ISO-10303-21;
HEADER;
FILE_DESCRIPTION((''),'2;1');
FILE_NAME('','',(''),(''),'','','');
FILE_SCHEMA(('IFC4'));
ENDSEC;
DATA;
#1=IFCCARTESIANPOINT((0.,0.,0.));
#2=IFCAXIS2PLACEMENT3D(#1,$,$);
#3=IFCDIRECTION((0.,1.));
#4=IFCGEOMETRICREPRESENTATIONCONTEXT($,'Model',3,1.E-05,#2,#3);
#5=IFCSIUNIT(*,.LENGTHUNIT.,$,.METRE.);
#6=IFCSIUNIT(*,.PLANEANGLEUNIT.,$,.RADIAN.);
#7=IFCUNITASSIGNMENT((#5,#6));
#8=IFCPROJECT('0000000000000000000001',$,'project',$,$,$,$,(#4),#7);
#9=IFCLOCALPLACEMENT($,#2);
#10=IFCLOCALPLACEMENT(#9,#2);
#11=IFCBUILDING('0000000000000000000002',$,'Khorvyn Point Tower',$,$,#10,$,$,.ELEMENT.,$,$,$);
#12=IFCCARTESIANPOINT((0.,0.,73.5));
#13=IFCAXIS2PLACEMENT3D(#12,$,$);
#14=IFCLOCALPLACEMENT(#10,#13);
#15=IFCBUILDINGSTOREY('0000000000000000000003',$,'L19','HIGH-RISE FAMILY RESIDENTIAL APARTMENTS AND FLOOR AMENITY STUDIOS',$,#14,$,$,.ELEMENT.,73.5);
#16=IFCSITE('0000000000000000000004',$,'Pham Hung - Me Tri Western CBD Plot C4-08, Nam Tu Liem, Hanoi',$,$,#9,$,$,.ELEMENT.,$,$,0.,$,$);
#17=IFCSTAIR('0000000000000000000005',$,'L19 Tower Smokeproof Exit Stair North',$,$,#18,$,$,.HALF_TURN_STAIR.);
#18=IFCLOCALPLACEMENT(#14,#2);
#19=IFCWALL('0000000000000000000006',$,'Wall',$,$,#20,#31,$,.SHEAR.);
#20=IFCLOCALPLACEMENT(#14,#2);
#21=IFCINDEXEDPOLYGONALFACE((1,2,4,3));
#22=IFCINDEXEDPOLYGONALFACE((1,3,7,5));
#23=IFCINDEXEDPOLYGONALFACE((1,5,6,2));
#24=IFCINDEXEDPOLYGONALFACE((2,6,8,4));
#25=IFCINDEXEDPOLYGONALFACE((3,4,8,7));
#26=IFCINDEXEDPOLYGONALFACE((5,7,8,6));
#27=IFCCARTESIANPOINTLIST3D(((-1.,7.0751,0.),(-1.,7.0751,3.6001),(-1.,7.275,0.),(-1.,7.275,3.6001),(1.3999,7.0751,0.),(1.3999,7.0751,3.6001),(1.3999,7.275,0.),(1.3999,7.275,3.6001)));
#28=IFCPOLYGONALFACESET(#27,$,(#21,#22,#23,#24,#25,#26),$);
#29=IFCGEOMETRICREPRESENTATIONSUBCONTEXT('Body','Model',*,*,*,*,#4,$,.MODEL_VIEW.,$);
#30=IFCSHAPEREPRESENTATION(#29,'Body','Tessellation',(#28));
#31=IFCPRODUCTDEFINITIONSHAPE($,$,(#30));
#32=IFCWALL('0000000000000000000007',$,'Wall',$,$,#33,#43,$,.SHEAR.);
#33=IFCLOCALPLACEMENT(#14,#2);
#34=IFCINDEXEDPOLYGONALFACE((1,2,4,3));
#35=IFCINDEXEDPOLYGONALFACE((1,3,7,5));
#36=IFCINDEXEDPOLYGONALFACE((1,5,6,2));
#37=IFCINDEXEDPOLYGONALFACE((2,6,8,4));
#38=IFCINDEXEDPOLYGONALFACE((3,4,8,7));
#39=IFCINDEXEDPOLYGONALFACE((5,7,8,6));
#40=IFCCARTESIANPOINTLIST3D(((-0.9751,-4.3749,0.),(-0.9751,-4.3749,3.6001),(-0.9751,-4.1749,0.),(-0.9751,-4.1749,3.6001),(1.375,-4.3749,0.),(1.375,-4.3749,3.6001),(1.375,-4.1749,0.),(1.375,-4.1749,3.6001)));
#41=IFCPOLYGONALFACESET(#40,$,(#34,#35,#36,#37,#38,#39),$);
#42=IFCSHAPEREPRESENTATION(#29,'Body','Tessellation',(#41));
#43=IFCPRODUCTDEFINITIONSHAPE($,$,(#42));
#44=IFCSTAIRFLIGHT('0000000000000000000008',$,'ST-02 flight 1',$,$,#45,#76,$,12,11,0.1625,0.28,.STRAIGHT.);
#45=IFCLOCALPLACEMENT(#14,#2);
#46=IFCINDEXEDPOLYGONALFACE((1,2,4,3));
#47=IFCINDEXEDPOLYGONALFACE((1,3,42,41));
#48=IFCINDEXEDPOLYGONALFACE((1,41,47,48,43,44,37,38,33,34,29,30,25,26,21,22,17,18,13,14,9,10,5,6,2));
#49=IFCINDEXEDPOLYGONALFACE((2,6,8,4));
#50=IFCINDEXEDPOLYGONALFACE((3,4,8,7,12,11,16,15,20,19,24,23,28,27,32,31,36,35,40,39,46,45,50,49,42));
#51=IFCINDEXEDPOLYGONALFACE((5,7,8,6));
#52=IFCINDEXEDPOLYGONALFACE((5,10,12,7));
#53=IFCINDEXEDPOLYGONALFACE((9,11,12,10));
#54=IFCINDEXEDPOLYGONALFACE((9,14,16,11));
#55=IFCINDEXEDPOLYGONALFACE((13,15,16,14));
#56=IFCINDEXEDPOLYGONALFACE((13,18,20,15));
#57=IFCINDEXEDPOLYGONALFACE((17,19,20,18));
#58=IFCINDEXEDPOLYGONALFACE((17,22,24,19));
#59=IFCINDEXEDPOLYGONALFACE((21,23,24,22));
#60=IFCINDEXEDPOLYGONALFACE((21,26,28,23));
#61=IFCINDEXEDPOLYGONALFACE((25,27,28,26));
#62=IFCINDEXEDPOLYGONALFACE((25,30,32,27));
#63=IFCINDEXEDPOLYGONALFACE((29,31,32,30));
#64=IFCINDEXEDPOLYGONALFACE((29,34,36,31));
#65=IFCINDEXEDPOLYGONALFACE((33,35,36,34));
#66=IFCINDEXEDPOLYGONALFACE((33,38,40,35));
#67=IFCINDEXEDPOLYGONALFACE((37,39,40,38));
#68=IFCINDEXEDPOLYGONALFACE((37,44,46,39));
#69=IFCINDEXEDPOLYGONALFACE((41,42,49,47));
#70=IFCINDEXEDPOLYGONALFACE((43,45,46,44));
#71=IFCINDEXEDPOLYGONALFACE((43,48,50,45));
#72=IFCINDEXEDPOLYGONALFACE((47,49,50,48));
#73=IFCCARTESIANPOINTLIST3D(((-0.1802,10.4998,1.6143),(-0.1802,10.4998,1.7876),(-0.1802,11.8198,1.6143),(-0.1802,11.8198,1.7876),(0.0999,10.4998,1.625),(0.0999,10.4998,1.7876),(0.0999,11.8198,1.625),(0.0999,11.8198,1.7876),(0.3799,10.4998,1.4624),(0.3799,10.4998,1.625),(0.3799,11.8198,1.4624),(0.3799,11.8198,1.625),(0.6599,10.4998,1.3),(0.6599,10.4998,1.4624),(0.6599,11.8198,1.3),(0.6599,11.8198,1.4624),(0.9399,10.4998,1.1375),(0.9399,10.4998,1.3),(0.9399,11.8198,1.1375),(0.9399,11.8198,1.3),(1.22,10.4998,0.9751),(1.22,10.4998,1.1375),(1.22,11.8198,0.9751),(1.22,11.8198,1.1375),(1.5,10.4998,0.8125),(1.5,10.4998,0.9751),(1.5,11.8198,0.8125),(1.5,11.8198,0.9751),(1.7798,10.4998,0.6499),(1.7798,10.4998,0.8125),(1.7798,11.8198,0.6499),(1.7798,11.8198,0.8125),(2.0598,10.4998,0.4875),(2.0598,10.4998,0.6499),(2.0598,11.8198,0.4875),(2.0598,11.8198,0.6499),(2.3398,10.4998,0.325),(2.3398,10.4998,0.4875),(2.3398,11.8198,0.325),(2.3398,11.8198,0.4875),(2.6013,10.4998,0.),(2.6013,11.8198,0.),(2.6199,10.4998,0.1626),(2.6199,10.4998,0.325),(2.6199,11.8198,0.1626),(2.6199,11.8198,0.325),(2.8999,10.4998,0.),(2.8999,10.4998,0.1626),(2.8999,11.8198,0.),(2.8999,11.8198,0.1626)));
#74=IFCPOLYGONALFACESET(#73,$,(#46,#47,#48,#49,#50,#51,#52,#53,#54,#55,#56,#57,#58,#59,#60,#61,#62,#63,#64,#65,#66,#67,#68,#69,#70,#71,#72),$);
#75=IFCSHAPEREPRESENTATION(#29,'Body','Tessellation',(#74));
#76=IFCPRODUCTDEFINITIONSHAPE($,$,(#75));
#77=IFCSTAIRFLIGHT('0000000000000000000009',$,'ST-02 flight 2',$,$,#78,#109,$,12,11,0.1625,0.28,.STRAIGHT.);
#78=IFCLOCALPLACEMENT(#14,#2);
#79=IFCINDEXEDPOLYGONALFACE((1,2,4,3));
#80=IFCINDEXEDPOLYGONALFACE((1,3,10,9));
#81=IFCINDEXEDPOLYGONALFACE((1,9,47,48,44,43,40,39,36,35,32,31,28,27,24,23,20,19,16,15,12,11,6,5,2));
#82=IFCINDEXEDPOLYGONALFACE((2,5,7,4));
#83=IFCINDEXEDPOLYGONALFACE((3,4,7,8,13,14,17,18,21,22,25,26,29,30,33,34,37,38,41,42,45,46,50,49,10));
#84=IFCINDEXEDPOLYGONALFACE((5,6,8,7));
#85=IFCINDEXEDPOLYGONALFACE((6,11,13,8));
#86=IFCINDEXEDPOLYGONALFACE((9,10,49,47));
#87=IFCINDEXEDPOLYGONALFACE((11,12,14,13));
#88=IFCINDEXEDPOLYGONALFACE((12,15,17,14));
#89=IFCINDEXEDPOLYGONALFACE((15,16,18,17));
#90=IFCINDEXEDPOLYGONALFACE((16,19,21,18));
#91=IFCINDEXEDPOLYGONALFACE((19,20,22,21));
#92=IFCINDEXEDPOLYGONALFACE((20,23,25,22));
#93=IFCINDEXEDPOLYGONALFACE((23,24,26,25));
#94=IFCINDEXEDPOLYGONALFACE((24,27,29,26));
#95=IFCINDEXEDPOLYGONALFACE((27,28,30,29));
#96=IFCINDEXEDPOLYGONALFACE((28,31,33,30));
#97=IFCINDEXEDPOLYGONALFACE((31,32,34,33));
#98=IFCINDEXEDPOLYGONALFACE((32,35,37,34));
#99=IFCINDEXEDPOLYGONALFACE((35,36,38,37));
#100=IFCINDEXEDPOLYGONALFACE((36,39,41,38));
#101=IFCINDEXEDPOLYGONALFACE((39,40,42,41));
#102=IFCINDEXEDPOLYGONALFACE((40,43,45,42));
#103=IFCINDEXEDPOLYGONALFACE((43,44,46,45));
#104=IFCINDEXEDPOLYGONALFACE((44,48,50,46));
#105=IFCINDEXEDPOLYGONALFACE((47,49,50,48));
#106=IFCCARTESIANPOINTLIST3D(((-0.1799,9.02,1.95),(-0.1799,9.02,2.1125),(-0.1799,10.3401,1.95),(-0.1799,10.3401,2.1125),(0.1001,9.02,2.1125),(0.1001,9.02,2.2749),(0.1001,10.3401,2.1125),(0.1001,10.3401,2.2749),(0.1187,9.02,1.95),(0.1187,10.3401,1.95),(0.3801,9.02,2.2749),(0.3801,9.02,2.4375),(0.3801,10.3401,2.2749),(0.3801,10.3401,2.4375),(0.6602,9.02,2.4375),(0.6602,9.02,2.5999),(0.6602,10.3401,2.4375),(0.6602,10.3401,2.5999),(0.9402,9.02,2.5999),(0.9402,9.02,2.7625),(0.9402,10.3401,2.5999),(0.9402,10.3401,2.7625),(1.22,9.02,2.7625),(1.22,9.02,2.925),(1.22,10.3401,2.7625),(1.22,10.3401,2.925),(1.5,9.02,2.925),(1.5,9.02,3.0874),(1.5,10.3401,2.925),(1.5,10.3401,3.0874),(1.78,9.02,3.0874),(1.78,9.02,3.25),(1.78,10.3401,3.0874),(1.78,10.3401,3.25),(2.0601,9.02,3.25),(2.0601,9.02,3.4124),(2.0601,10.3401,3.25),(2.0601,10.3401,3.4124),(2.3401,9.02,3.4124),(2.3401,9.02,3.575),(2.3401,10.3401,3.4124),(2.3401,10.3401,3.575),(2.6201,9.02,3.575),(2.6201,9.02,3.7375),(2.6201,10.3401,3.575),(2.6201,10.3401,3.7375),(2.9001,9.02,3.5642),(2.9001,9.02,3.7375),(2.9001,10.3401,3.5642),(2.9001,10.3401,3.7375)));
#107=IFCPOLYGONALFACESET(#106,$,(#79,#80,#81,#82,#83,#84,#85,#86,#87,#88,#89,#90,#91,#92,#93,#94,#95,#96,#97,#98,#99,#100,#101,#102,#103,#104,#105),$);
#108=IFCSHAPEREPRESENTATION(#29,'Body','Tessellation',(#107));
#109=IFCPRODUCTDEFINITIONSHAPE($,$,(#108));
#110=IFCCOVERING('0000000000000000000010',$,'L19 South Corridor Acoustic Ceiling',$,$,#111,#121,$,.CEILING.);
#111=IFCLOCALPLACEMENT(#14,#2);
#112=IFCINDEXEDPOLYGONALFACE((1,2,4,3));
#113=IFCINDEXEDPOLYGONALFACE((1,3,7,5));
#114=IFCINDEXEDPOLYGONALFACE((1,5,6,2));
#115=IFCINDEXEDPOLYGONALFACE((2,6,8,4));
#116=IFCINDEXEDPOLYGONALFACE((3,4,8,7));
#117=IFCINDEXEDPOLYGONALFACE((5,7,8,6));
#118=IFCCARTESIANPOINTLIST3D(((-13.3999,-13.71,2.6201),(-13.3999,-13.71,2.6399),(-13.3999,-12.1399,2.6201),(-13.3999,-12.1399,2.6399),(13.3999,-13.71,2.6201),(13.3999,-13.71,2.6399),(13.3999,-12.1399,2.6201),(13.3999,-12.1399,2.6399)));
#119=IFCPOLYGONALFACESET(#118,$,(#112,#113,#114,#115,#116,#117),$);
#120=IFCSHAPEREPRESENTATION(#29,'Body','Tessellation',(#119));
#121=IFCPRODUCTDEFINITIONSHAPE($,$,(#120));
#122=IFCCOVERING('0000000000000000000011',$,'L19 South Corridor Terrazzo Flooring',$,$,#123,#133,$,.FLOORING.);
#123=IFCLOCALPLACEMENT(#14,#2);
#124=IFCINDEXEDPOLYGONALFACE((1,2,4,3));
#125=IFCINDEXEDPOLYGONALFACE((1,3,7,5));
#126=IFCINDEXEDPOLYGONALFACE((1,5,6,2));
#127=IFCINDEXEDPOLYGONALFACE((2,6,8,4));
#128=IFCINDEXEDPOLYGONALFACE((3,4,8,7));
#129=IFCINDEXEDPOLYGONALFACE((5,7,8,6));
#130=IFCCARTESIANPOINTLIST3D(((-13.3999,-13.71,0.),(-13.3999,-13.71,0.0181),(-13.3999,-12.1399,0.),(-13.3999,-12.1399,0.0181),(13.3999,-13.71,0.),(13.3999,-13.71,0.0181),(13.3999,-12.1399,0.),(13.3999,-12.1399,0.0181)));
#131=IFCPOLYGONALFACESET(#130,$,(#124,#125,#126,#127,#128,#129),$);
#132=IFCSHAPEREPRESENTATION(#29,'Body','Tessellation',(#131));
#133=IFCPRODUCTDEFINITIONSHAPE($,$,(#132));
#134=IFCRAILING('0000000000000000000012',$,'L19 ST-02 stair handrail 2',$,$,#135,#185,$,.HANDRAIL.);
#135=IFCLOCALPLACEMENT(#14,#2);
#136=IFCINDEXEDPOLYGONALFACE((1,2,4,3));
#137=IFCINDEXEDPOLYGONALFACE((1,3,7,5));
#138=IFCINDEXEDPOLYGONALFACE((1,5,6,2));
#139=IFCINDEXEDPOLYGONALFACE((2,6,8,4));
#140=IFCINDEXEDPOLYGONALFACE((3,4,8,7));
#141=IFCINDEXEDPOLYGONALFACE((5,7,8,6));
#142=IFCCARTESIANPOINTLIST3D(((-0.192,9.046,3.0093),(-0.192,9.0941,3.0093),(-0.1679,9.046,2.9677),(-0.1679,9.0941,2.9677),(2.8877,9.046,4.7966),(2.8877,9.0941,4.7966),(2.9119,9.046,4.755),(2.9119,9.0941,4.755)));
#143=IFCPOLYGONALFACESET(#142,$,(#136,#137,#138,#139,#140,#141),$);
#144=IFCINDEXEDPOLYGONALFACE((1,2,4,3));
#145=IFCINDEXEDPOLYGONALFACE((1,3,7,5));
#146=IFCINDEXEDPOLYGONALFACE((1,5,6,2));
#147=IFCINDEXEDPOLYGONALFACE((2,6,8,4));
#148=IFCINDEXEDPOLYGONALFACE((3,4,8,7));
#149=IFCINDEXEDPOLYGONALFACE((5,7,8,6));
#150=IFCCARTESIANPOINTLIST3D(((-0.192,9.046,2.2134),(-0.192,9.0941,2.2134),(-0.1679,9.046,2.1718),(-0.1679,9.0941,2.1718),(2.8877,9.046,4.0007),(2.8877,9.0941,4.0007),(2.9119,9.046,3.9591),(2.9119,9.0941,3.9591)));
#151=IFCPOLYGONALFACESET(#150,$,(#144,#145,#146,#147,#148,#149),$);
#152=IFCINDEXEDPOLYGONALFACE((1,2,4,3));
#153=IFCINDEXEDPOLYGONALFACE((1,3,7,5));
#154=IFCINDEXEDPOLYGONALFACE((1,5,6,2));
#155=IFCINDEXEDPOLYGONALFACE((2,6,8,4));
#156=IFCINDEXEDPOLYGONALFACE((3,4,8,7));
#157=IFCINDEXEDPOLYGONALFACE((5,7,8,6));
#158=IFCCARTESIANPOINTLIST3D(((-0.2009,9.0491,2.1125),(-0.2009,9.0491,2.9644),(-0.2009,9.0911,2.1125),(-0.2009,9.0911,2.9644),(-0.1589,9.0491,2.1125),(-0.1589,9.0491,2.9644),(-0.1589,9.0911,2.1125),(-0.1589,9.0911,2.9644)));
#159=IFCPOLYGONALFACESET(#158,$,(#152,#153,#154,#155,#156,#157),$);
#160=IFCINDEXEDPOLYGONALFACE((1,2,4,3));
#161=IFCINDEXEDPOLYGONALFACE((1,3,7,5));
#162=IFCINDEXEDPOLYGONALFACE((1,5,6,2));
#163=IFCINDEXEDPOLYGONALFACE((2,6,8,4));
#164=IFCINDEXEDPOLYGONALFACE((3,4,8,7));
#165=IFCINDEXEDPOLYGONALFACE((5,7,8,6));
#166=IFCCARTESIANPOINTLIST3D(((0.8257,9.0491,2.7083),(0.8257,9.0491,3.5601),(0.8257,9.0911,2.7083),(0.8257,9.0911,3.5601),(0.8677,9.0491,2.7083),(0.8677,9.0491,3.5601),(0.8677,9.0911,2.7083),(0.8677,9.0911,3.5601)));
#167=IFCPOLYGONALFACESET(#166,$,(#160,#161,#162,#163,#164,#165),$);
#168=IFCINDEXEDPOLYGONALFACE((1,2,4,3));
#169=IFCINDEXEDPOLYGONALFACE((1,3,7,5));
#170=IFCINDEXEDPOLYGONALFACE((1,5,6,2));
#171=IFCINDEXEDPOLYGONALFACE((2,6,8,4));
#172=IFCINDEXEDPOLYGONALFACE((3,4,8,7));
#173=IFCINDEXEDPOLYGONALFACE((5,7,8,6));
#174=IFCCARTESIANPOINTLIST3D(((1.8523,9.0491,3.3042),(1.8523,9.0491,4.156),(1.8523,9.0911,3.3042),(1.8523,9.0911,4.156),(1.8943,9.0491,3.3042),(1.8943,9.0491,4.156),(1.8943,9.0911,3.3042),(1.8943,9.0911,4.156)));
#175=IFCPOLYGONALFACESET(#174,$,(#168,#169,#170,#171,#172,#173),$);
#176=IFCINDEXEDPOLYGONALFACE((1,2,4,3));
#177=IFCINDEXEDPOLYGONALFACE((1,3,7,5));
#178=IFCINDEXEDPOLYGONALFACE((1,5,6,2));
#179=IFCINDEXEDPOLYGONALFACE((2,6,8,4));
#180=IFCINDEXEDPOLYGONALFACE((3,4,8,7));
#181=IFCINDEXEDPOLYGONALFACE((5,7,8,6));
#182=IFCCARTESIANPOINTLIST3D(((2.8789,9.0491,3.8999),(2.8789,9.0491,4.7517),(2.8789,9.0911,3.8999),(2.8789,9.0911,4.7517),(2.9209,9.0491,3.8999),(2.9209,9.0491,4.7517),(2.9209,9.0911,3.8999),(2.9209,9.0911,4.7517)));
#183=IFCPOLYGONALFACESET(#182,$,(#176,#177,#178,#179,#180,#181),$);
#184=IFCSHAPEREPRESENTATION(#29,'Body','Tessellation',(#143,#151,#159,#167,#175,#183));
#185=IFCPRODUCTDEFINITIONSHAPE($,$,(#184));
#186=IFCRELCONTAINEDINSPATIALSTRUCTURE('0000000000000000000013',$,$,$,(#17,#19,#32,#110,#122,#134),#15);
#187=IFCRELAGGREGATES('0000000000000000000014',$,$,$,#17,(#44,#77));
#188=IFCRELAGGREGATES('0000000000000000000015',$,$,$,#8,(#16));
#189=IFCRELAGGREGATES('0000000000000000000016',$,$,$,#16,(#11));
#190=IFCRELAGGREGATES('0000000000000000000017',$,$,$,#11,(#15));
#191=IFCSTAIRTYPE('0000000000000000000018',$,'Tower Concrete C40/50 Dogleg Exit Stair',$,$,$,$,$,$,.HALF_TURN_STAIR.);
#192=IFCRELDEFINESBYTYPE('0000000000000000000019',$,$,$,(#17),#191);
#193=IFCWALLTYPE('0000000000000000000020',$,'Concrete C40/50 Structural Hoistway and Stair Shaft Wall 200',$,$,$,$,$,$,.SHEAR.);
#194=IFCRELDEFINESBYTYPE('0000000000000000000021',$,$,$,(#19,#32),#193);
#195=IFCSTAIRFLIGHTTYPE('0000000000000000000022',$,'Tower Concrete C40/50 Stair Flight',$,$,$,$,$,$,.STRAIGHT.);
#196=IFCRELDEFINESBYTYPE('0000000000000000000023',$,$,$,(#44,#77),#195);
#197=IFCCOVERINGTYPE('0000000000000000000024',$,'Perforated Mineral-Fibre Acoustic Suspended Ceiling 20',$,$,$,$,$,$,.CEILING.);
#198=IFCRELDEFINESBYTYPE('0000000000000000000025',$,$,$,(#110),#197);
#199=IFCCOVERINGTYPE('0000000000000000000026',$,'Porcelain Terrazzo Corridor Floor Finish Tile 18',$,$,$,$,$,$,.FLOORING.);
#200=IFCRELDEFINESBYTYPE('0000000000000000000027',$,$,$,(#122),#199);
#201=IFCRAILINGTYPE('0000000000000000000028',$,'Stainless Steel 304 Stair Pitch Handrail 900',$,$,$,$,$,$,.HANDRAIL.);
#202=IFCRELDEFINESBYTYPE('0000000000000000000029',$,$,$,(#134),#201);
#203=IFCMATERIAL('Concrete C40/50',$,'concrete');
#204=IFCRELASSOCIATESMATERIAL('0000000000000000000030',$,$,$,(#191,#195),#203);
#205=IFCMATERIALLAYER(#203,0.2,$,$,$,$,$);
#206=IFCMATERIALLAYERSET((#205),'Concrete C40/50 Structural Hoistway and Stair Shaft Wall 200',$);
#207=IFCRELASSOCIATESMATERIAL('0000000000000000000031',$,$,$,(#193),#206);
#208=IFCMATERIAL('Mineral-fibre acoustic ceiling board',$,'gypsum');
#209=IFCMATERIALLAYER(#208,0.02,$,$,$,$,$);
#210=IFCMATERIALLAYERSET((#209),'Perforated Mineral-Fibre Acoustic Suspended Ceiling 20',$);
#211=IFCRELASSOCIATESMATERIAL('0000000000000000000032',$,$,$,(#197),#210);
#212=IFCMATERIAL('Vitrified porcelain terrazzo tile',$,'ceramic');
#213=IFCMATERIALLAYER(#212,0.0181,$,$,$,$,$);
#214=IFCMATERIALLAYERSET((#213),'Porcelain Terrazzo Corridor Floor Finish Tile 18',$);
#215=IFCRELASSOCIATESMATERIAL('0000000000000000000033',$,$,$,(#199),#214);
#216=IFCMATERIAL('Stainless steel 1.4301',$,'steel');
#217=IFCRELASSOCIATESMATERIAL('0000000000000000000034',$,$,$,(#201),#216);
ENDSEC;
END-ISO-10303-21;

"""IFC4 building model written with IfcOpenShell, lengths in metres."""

from ifc_helpers import new_model, si_unit, direction, frame, frame_2d, origin, origin_2d, place, context, subcontext, project, spatial, polyline, rectangle, outline, extrude, material, layer, layer_set, type_object, element, aggregate, save


model = new_model("IFC4")

# Units and contexts
model_context = context("Model", 3, precision=1e-05, world=origin(), true_north=direction((0.0, 1.0)))
body_context = subcontext(model_context, "Body", "Model", "MODEL_VIEW")
ifc_project = project(units=[si_unit("LENGTHUNIT", "METRE"), si_unit("PLANEANGLEUNIT", "RADIAN")], contexts=[model_context])

# Site, building, storey
site_placement = place(None, origin())
site = spatial("IfcSite", under=ifc_project, at=site_placement, Name="Pham Hung - Me Tri Western CBD Plot C4-08, Nam Tu Liem, Hanoi", CompositionType="ELEMENT", RefElevation=0.0)
building_placement = place(site_placement, origin())
building = spatial("IfcBuilding", under=site, at=building_placement, Name="Khorvyn Point Tower", CompositionType="ELEMENT")
storey_placement = place(building_placement, frame((0.0, 0.0, 73.5)))
storey = spatial("IfcBuildingStorey", under=building, at=storey_placement, Name="L19", Description="HIGH-RISE FAMILY RESIDENTIAL APARTMENTS AND FLOOR AMENITY STUDIOS", CompositionType="ELEMENT", Elevation=73.5)

# Shared definitions
ifc_material_1 = material(Name="Concrete C40/50", Category="concrete")

# Stair
stair_type = type_object("IfcStairType", Name="Tower Concrete C40/50 Dogleg Exit Stair", PredefinedType="HALF_TURN_STAIR", material=ifc_material_1)
stair_1_placement = place(storey_placement, origin())
stair_1 = element("IfcStair", 1, at=stair_1_placement, inside=storey, type_object=stair_type, Name="L19 Tower Smokeproof Exit Stair North", PredefinedType="HALF_TURN_STAIR")

# Shared definitions
ifc_layer_1 = layer(ifc_material_1, 0.2)
ifc_layer_set_1 = layer_set([ifc_layer_1], Name="Concrete C40/50 Structural Hoistway and Stair Shaft Wall 200")
wall_type_1 = type_object("IfcWallType", Name="Concrete C40/50 Structural Hoistway and Stair Shaft Wall 200", PredefinedType="SHEAR", material=ifc_layer_set_1)

# Shared definitions
ifc_material_2 = material(Name="Stainless steel 1.4301", Category="steel")

# Walls
for number, where, z_axis, x_axis, name in (
    (2, (-1.0, 7.175, 0.0), (0.0, 0.0, 1.0), (1.0, 0.0, 0.0), "Wall"),
):
    element("IfcWall", number, at=place(storey_placement, frame(where, z_axis=z_axis, x_axis=x_axis)), inside=storey, type_object=wall_type_1, Name=name, PredefinedType="SHEAR", context=body_context, shape_type="SweptSolid", body=[
        extrude(rectangle(XDim=2.3999, YDim=0.2, at=frame_2d((1.2, 0.0))), origin(), (0.0, 0.0, 1.0), 3.6001),
    ])
wall_1_placement = place(storey_placement, frame((-0.9751, -4.2749, 0.0), z_axis=(0.0, 0.0, 1.0), x_axis=(1.0, 0.0, 0.0)))
element("IfcWall", 3, at=wall_1_placement, inside=storey, type_object=wall_type_1, Name="Wall", PredefinedType="SHEAR", context=body_context, shape_type="SweptSolid", body=[
    extrude(rectangle(XDim=2.3501, YDim=0.2, at=frame_2d((1.175, 0.0))), origin(), (0.0, 0.0, 1.0), 3.6001),
])

# Stair flights
stair_flight_type = type_object("IfcStairFlightType", Name="Tower Concrete C40/50 Stair Flight", PredefinedType="STRAIGHT", material=ifc_material_1)
stair_flight_1_placement = place(storey_placement, frame((2.8999, 11.1599, 0.0), z_axis=(0.0, 0.0, 1.0), x_axis=(-1.0, 0.0, 0.0)))
stair_flight_1 = element("IfcStairFlight", 4, at=stair_flight_1_placement, type_object=stair_flight_type, Name="ST-02 flight 1", NumberOfRisers=12, NumberOfTreads=11, PredefinedType="STRAIGHT", RiserHeight=0.1625, TreadLength=0.28, context=body_context, shape_type="SweptSolid", body=[
    extrude(outline(polyline([(0.0, 0.0), (0.0, 0.1626), (0.28, 0.1626), (0.28, 0.325), (0.5601, 0.325), (0.5601, 0.4875), (0.8401, 0.4875), (0.8401, 0.6499), (1.1201, 0.6499), (1.1201, 0.8125), (1.3999, 0.8125), (1.3999, 0.9751), (1.6799, 0.9751), (1.6799, 1.1375), (1.96, 1.1375), (1.96, 1.3), (2.24, 1.3), (2.24, 1.4624), (2.52, 1.4624), (2.52, 1.625), (2.8, 1.625), (2.8, 1.7876), (3.0801, 1.7876), (3.0801, 1.95), (3.0801, 1.6143), (0.2986, 0.0), (0.0, 0.0)])), frame((0.0, 0.6602, 0.0), z_axis=(0.0, -1.0, 0.0), x_axis=(1.0, 0.0, 0.0)), (0.0, 0.0, 1.0), 1.3201),
])
stair_flight_2_placement = place(storey_placement, frame((-0.1799, 9.6799, 1.95), z_axis=(0.0, 0.0, 1.0), x_axis=(1.0, 0.0, 0.0)))
stair_flight_2 = element("IfcStairFlight", 5, at=stair_flight_2_placement, type_object=stair_flight_type, Name="ST-02 flight 2", NumberOfRisers=12, NumberOfTreads=11, PredefinedType="STRAIGHT", RiserHeight=0.1625, TreadLength=0.28, context=body_context, shape_type="SweptSolid", body=[
    extrude(outline(polyline([(0.0, 0.0), (0.0, 0.1626), (0.28, 0.1626), (0.28, 0.325), (0.5601, 0.325), (0.5601, 0.4875), (0.8401, 0.4875), (0.8401, 0.6499), (1.1201, 0.6499), (1.1201, 0.8125), (1.3999, 0.8125), (1.3999, 0.9751), (1.6799, 0.9751), (1.6799, 1.1375), (1.96, 1.1375), (1.96, 1.3), (2.24, 1.3), (2.24, 1.4624), (2.52, 1.4624), (2.52, 1.625), (2.8, 1.625), (2.8, 1.7876), (3.0801, 1.7876), (3.0801, 1.95), (3.0801, 1.6143), (0.2986, 0.0), (0.0, 0.0)])), frame((0.0, 0.6602, 0.0), z_axis=(0.0, -1.0, 0.0), x_axis=(1.0, 0.0, 0.0)), (0.0, 0.0, 1.0), 1.3201),
])
aggregate(stair_1, [stair_flight_1, stair_flight_2])

# Coverings
ifc_material_3 = material(Name="Mineral-fibre acoustic ceiling board", Category="gypsum")
ifc_layer_2 = layer(ifc_material_3, 0.02)
ifc_layer_set_2 = layer_set([ifc_layer_2], Name="Perforated Mineral-Fibre Acoustic Suspended Ceiling 20")
covering_type_1 = type_object("IfcCoveringType", Name="Perforated Mineral-Fibre Acoustic Suspended Ceiling 20", PredefinedType="CEILING", material=ifc_layer_set_2)
covering_1_placement = place(storey_placement, frame((0.0, 0.0, 2.6201)))
element("IfcCovering", 6, at=covering_1_placement, inside=storey, type_object=covering_type_1, Name="L19 South Corridor Acoustic Ceiling", PredefinedType="CEILING", context=body_context, shape_type="SweptSolid", body=[
    extrude(outline(polyline([(-13.3999, -13.71), (13.3999, -13.71), (13.3999, -12.1399), (-13.3999, -12.1399), (-13.3999, -13.71)])), origin(), (0.0, 0.0, 1.0), 0.0198),
])
ifc_material_4 = material(Name="Vitrified porcelain terrazzo tile", Category="ceramic")
ifc_layer_3 = layer(ifc_material_4, 0.0181)
ifc_layer_set_3 = layer_set([ifc_layer_3], Name="Porcelain Terrazzo Corridor Floor Finish Tile 18")
covering_type_2 = type_object("IfcCoveringType", Name="Porcelain Terrazzo Corridor Floor Finish Tile 18", PredefinedType="FLOORING", material=ifc_layer_set_3)
covering_2_placement = place(storey_placement, origin())
element("IfcCovering", 7, at=covering_2_placement, inside=storey, type_object=covering_type_2, Name="L19 South Corridor Terrazzo Flooring", PredefinedType="FLOORING", context=body_context, shape_type="SweptSolid", body=[
    extrude(outline(polyline([(-13.3999, -13.71), (13.3999, -13.71), (13.3999, -12.1399), (-13.3999, -12.1399), (-13.3999, -13.71)])), origin(), (0.0, 0.0, 1.0), 0.0181),
])

# Railing
railing_type_1 = type_object("IfcRailingType", Name="Stainless Steel 304 Stair Pitch Handrail 900", PredefinedType="HANDRAIL", material=ifc_material_2)
railing_1_placement = place(storey_placement, frame((-0.1799, 9.0701, 2.1125)))
element("IfcRailing", 8, at=railing_1_placement, inside=storey, type_object=railing_type_1, Name="L19 ST-02 stair handrail 2", PredefinedType="HANDRAIL", context=body_context, shape_type="SweptSolid", body=[
    extrude(rectangle(XDim=0.0481, YDim=0.0481, at=origin_2d()), frame((0.0, 0.0, 0.876), z_axis=(0.864903, 0.0, 0.501939), x_axis=(0.0, 1.0, 0.0)), (0.0, 0.0, 1.0), 3.5608),
    extrude(rectangle(XDim=0.0481, YDim=0.0481, at=origin_2d()), frame((0.0, 0.0, 0.0801), z_axis=(0.864903, 0.0, 0.501939), x_axis=(0.0, 1.0, 0.0)), (0.0, 0.0, 1.0), 3.5608),
    extrude(rectangle(XDim=0.042, YDim=0.042, at=origin_2d()), origin(), (0.0, 0.0, 1.0), 0.8518),
    extrude(rectangle(XDim=0.042, YDim=0.042, at=origin_2d()), frame((1.0266, 0.0, 0.5957)), (0.0, 0.0, 1.0), 0.8518),
    extrude(rectangle(XDim=0.042, YDim=0.042, at=origin_2d()), frame((2.0532, 0.0, 1.1917)), (0.0, 0.0, 1.0), 0.8518),
    extrude(rectangle(XDim=0.042, YDim=0.042, at=origin_2d()), frame((3.0798, 0.0, 1.7874)), (0.0, 0.0, 1.0), 0.8518),
])

save(model, "model.ifc")
